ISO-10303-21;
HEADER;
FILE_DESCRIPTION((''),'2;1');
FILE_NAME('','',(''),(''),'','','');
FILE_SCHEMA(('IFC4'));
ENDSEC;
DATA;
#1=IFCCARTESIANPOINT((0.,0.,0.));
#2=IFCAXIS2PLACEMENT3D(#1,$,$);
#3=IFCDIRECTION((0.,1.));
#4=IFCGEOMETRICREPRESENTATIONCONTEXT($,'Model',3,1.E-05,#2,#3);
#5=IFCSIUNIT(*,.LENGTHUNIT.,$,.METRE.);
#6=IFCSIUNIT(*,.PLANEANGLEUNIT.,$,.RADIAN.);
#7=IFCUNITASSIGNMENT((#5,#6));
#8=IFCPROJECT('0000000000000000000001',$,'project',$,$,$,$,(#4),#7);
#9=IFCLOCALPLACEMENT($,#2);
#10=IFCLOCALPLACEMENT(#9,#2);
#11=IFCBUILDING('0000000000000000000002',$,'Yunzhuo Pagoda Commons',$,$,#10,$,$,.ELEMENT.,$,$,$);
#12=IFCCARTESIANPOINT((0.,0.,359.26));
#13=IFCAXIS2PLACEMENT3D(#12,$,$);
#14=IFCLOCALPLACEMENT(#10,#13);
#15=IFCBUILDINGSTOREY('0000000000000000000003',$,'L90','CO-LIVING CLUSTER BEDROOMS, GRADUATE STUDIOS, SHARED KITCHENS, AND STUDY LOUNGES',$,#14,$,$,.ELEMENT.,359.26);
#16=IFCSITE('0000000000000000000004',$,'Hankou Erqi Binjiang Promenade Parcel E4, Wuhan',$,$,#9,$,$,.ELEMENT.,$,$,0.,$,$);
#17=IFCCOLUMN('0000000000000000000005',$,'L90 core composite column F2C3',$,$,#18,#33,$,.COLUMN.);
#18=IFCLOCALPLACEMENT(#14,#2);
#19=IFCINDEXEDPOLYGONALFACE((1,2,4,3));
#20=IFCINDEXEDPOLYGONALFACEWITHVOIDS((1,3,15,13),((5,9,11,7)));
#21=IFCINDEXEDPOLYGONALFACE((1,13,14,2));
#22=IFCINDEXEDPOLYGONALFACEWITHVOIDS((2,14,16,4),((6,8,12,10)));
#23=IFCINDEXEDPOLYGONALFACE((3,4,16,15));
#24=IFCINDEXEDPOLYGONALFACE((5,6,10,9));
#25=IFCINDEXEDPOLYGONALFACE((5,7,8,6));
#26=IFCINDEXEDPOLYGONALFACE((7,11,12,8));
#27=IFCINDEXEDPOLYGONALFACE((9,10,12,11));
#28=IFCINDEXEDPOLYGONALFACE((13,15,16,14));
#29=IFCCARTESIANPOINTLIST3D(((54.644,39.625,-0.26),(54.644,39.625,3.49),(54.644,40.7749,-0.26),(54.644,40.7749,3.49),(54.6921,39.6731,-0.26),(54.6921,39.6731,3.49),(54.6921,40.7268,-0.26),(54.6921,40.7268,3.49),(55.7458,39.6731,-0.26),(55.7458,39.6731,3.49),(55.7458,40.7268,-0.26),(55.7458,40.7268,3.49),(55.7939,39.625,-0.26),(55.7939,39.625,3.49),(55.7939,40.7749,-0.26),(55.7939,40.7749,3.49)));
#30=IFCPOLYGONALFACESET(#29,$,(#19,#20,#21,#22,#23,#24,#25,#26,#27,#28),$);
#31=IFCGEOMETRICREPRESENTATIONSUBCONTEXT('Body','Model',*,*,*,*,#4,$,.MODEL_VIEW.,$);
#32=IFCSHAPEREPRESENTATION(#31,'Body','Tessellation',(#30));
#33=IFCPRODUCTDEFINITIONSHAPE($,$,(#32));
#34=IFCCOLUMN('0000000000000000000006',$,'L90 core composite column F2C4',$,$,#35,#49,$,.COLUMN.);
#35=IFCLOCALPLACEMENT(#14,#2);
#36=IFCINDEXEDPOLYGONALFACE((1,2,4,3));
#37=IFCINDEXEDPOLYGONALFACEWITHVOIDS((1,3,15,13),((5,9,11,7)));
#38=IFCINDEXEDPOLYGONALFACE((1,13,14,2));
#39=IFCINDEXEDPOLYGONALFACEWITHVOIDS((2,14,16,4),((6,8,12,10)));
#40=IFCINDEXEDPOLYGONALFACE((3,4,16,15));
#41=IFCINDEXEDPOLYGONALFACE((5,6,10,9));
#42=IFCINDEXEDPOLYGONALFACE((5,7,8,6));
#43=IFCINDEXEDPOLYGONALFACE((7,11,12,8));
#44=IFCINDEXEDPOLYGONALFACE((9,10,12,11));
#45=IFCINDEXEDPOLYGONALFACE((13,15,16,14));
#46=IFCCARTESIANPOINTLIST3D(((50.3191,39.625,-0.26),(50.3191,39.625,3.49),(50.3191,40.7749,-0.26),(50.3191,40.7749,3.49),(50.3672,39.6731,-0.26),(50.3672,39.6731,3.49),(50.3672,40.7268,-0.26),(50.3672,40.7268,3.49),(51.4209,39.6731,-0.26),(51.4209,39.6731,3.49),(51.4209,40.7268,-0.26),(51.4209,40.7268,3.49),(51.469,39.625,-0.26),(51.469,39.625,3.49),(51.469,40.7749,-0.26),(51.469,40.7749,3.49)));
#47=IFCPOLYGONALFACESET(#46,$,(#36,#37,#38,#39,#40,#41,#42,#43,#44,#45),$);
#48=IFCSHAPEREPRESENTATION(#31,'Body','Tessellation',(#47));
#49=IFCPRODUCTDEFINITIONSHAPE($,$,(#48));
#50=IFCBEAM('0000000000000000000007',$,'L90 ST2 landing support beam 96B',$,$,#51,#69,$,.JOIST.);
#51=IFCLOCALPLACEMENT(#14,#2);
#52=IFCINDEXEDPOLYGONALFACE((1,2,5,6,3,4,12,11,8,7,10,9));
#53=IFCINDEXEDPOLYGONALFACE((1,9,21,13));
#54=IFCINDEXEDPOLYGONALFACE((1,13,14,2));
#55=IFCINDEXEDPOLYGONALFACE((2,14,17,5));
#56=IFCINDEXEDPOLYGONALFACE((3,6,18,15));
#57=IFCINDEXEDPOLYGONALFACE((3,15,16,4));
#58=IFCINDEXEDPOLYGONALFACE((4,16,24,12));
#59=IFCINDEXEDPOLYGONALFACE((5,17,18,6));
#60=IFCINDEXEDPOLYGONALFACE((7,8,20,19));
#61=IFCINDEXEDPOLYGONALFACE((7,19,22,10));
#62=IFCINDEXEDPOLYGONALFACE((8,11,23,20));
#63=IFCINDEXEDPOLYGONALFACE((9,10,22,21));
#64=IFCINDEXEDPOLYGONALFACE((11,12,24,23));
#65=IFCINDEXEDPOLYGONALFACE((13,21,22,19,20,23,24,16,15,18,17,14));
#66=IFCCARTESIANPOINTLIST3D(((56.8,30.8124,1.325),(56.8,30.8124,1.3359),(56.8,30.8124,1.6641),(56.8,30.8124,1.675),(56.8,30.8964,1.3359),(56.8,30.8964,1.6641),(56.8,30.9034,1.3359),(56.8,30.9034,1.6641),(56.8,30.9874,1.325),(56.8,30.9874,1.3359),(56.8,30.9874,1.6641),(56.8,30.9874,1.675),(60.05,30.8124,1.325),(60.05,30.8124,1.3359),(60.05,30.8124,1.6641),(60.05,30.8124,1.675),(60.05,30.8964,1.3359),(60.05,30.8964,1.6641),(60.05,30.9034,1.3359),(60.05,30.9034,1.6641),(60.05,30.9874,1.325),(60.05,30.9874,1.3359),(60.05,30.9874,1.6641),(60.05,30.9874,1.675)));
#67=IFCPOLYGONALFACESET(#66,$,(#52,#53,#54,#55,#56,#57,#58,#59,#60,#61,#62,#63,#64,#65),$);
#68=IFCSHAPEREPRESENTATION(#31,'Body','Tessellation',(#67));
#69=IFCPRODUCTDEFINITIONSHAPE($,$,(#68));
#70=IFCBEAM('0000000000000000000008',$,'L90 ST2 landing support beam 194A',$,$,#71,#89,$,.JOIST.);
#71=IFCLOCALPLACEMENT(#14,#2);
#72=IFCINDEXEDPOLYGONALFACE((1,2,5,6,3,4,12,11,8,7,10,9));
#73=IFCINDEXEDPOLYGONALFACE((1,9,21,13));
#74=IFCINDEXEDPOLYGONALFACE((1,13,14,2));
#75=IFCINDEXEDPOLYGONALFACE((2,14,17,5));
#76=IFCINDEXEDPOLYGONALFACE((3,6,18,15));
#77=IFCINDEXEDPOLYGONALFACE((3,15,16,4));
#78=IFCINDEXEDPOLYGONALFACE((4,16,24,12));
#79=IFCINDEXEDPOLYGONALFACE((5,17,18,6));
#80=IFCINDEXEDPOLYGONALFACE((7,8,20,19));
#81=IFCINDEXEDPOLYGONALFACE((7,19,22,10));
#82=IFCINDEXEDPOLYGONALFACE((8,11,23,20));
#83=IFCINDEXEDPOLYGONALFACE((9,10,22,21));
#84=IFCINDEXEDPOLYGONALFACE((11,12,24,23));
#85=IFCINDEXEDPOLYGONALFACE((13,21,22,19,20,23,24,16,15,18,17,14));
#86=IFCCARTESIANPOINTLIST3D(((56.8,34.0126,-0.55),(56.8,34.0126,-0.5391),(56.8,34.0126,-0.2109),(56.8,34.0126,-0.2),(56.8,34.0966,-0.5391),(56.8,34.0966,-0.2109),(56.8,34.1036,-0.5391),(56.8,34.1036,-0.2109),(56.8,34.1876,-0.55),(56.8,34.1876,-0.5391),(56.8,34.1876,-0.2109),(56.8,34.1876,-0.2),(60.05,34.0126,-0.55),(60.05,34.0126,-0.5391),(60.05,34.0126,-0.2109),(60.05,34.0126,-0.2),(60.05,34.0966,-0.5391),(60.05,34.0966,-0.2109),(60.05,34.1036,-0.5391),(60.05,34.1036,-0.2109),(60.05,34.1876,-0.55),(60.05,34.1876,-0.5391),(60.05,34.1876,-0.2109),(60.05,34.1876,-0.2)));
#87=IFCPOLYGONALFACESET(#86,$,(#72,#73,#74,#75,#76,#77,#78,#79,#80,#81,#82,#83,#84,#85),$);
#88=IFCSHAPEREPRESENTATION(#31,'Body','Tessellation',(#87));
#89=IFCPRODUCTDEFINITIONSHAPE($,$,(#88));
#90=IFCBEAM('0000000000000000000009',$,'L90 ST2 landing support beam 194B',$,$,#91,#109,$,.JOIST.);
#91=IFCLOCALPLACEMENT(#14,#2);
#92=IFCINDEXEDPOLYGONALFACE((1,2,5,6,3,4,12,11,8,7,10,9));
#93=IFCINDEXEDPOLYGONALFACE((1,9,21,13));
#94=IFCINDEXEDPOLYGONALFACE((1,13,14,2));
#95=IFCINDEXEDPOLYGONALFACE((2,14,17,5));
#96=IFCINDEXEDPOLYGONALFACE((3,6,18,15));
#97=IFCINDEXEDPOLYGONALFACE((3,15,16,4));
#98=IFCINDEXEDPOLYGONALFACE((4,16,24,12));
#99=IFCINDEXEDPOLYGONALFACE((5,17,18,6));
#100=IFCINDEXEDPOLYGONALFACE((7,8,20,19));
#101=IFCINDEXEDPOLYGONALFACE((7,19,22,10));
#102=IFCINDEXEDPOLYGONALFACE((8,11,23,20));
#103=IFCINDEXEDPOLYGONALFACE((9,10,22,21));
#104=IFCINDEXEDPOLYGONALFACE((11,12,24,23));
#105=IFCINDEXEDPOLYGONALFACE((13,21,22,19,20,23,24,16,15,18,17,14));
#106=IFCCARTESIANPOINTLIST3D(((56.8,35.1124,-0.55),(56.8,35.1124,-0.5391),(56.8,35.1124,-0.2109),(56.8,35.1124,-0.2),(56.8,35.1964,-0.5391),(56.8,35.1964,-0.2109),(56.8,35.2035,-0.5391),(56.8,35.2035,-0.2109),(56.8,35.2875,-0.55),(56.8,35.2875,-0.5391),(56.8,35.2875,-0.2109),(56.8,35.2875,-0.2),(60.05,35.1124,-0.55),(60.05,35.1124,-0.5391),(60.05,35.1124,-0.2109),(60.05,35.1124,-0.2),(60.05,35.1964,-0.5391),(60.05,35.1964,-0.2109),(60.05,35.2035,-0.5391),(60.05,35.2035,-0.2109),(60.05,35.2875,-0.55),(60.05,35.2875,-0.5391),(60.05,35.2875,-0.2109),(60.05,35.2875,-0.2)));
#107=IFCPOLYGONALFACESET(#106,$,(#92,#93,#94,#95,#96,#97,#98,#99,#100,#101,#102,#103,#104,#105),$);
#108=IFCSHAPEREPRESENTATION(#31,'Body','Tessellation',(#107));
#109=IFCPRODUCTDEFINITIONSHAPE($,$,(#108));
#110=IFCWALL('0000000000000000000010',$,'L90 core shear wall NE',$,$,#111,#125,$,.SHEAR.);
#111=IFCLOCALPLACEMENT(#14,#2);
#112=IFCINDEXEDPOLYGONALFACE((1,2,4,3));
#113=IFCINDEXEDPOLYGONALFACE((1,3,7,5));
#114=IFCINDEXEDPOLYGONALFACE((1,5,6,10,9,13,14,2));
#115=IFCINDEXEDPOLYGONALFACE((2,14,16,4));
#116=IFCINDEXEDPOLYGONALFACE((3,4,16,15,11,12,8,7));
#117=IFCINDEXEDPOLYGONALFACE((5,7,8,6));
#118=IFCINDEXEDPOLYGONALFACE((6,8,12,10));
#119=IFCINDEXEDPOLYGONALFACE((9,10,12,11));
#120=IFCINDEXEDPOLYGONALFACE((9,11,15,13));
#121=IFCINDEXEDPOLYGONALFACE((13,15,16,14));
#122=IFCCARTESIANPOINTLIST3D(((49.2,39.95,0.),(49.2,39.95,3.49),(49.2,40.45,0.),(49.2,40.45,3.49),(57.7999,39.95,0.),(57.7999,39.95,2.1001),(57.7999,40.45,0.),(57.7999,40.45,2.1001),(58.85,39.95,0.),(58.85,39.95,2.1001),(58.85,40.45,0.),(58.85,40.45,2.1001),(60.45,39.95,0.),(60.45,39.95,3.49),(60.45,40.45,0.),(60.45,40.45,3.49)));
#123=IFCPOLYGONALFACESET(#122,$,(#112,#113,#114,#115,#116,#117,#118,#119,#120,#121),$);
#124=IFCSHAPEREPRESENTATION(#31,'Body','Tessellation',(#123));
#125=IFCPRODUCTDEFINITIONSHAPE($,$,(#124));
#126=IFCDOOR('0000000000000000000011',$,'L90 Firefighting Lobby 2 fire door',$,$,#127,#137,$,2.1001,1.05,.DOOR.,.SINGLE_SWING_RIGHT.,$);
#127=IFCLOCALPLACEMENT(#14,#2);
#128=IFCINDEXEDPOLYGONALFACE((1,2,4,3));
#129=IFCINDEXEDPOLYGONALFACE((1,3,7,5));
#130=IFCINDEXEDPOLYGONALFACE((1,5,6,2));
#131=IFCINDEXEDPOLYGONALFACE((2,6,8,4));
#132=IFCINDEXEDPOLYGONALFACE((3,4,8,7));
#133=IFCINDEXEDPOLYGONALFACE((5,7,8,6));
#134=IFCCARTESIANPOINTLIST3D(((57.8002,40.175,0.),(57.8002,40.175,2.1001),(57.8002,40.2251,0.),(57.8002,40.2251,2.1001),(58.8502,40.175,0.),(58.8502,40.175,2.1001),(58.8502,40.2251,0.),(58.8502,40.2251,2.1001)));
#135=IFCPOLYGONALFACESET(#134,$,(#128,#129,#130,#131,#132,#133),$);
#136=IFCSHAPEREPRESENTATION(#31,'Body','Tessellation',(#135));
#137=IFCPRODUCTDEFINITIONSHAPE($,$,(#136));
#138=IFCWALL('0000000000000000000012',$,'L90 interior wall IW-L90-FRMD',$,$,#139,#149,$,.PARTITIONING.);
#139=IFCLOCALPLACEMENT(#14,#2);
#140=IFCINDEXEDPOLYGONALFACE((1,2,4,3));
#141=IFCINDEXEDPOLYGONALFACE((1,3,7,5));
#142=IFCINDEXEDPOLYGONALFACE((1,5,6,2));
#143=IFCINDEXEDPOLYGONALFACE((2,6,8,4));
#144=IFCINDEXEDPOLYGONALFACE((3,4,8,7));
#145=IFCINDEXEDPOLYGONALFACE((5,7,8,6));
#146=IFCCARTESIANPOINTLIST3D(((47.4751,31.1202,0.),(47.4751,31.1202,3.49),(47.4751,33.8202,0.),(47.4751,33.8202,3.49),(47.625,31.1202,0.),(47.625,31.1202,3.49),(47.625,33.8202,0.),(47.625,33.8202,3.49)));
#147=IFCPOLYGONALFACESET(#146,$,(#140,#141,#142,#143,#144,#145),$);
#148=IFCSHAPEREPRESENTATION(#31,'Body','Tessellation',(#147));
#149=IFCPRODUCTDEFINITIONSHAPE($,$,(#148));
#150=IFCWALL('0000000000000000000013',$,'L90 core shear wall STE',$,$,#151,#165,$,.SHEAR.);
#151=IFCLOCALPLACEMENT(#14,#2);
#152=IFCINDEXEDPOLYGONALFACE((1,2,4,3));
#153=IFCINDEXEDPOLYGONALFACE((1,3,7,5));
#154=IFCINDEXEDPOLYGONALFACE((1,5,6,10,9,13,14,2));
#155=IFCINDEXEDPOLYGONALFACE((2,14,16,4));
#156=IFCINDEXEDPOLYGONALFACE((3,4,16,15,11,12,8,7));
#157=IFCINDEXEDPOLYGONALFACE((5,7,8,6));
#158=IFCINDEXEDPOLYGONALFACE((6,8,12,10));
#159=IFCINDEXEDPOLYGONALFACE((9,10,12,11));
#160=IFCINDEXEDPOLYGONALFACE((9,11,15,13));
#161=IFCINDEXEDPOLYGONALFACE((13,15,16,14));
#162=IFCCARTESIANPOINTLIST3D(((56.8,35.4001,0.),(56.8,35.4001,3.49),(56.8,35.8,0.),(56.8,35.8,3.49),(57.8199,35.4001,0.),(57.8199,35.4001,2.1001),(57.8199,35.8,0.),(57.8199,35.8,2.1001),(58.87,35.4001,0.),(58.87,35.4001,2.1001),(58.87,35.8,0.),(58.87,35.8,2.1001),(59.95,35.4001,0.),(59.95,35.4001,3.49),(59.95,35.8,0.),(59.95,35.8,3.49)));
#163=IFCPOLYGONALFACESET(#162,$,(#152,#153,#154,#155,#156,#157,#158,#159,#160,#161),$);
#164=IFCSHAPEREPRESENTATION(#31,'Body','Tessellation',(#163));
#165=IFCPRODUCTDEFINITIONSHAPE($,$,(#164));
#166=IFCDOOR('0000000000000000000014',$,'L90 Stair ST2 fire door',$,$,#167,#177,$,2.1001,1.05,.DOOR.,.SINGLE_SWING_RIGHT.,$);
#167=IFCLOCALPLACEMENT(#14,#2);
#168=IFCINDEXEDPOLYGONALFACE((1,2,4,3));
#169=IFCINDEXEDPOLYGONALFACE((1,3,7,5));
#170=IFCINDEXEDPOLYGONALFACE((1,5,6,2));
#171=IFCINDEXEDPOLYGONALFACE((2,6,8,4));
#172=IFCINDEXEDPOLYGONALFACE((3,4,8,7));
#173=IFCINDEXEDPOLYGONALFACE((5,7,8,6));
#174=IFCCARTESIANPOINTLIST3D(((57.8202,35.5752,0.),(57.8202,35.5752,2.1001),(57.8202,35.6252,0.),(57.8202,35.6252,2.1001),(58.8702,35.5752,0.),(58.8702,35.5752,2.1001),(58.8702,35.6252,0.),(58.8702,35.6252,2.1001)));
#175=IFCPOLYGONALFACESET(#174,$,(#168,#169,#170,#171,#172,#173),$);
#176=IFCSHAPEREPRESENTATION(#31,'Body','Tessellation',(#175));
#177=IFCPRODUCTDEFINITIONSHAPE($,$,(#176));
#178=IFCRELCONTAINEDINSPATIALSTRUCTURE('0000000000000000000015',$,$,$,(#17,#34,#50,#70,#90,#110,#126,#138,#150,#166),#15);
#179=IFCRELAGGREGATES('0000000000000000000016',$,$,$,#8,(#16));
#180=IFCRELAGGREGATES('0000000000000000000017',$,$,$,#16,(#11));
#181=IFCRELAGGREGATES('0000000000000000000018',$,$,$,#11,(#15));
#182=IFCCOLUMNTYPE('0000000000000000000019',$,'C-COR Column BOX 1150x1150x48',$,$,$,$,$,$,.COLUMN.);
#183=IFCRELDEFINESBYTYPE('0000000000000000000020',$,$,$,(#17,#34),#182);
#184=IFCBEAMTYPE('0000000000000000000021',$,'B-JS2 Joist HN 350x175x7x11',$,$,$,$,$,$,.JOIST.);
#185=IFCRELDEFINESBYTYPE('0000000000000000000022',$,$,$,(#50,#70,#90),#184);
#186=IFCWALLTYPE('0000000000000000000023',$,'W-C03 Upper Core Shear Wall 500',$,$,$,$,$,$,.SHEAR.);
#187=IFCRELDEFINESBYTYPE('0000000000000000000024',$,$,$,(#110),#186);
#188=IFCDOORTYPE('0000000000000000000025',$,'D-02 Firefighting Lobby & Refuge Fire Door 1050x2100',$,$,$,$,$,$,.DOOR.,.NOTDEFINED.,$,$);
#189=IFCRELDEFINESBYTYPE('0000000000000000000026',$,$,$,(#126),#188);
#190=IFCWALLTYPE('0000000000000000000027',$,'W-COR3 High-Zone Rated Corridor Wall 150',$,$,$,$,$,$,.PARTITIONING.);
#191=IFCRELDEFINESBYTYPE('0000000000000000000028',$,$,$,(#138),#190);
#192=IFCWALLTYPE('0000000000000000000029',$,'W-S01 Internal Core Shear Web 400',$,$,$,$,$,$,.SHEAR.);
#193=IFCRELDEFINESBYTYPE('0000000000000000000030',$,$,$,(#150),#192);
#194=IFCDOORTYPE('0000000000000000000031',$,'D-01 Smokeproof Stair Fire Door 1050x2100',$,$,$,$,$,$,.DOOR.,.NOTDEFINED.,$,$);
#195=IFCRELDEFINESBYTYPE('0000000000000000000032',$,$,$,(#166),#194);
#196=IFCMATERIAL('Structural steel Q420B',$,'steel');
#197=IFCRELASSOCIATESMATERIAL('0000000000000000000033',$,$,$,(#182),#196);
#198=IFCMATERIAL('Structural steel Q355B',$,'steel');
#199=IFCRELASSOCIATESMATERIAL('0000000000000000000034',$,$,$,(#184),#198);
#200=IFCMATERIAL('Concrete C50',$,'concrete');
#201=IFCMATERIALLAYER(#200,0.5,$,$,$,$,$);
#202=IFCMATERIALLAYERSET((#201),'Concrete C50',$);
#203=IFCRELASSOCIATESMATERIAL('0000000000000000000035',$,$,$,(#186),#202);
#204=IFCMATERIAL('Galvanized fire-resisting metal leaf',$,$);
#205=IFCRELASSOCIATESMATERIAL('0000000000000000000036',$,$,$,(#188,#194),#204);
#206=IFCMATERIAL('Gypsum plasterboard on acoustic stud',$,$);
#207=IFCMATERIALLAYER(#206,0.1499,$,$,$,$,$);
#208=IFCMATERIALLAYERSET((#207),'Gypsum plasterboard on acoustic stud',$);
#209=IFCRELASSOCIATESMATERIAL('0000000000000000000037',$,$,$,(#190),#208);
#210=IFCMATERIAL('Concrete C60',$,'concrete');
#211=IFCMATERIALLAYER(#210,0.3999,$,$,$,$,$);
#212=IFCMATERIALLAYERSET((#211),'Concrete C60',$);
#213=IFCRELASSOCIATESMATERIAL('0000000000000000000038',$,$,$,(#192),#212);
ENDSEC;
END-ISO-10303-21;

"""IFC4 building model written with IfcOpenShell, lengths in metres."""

from ifc_helpers import new_model, si_unit, direction, frame, frame_2d, origin, origin_2d, place, context, subcontext, project, spatial, rectangle, hollow_rectangle, i_section, extrude, source, transform, mapped, material, layer, layer_set, material_profile, profile_set, type_object, element, fill, save


model = new_model("IFC4")

# Units and contexts
model_context = context("Model", 3, precision=1e-05, world=origin(), true_north=direction((0.0, 1.0)))
body_context = subcontext(model_context, "Body", "Model", "MODEL_VIEW")
ifc_project = project(units=[si_unit("LENGTHUNIT", "METRE"), si_unit("PLANEANGLEUNIT", "RADIAN")], contexts=[model_context])

# Site, building, storey
site_placement = place(None, origin())
site = spatial("IfcSite", under=ifc_project, at=site_placement, Name="Hankou Erqi Binjiang Promenade Parcel E4, Wuhan", CompositionType="ELEMENT", RefElevation=0.0)
building_placement = place(site_placement, origin())
building = spatial("IfcBuilding", under=site, at=building_placement, Name="Yunzhuo Pagoda Commons", CompositionType="ELEMENT")
storey_placement = place(building_placement, frame((0.0, 0.0, 359.26)))
storey = spatial("IfcBuildingStorey", under=building, at=storey_placement, Name="L90", Description="CO-LIVING CLUSTER BEDROOMS, GRADUATE STUDIOS, SHARED KITCHENS, AND STUDY LOUNGES", CompositionType="ELEMENT", Elevation=359.26)

# Columns
ifc_material_1 = material(Name="Structural steel Q420B", Category="steel")
ifc_material_profile_1 = material_profile(ifc_material_1, hollow_rectangle(XDim=1.1499, YDim=1.1499, WallThickness=0.0481, at=origin_2d()), Name="Structural steel Q420B")
ifc_profile_set_1 = profile_set([ifc_material_profile_1], Name="Structural steel Q420B")
column_type = type_object("IfcColumnType", Name="C-COR Column BOX 1150x1150x48", PredefinedType="COLUMN", material=ifc_profile_set_1)
shared_shape_1 = source(origin(), body_context, "Body", "SweptSolid", [
    extrude(hollow_rectangle(XDim=1.1499, YDim=1.1499, WallThickness=0.0481, at=origin_2d()), origin(), (0.0, 0.0, 1.0), 3.75),
])
for number, where, z_axis, x_axis, name in (
    (1, (55.219, 40.2, -0.26), (0.0, 0.0, 1.0), (1.0, 0.0, 0.0), "L90 core composite column F2C3"),
    (2, (50.894, 40.2, -0.26), (0.0, 0.0, 1.0), (1.0, 0.0, 0.0), "L90 core composite column F2C4"),
):
    element("IfcColumn", number, at=place(storey_placement, frame(where, z_axis=z_axis, x_axis=x_axis)), inside=storey, type_object=column_type, Name=name, PredefinedType="COLUMN", context=body_context, shape_type="MappedRepresentation", body=[
        mapped(shared_shape_1, transform((0.0, 0.0, 0.0), scale=1.0)),
    ])

# Beams
ifc_material_2 = material(Name="Structural steel Q355B", Category="steel")
ifc_material_profile_2 = material_profile(ifc_material_2, i_section(OverallWidth=0.175, OverallDepth=0.3501, WebThickness=0.0071, FlangeThickness=0.011, at=origin_2d()), Name="Structural steel Q355B")
ifc_profile_set_2 = profile_set([ifc_material_profile_2], Name="Structural steel Q355B")
beam_type = type_object("IfcBeamType", Name="B-JS2 Joist HN 350x175x7x11", PredefinedType="JOIST", material=ifc_profile_set_2)
shared_shape_2 = source(origin(), body_context, "Body", "SweptSolid", [
    extrude(i_section(OverallWidth=0.175, OverallDepth=0.3501, WebThickness=0.0071, FlangeThickness=0.011, at=origin_2d()), origin(), (0.0, 0.0, 1.0), 3.25),
])
for number, where, z_axis, x_axis, name in (
    (3, (56.8, 30.8999, 1.5), (1.0, 0.0, 0.0), (0.0, 1.0, 0.0), "L90 ST2 landing support beam 96B"),
    (4, (56.8, 34.1001, -0.375), (1.0, 0.0, 0.0), (0.0, 1.0, 0.0), "L90 ST2 landing support beam 194A"),
    (5, (56.8, 35.2, -0.375), (1.0, 0.0, 0.0), (0.0, 1.0, 0.0), "L90 ST2 landing support beam 194B"),
):
    element("IfcBeam", number, at=place(storey_placement, frame(where, z_axis=z_axis, x_axis=x_axis)), inside=storey, type_object=beam_type, Name=name, PredefinedType="JOIST", context=body_context, shape_type="MappedRepresentation", body=[
        mapped(shared_shape_2, transform((0.0, 0.0, 0.0), scale=1.0)),
    ])

# Wall, opening, door
ifc_material_3 = material(Name="Concrete C50", Category="concrete")
ifc_layer_1 = layer(ifc_material_3, 0.5)
ifc_layer_set_1 = layer_set([ifc_layer_1], Name="Concrete C50")
wall_type_1 = type_object("IfcWallType", Name="W-C03 Upper Core Shear Wall 500", PredefinedType="SHEAR", material=ifc_layer_set_1)
wall_1_placement = place(storey_placement, frame((49.2, 40.2, 0.0), z_axis=(0.0, 0.0, 1.0), x_axis=(1.0, 0.0, 0.0)))
wall_1 = element("IfcWall", 6, at=wall_1_placement, inside=storey, type_object=wall_type_1, Name="L90 core shear wall NE", PredefinedType="SHEAR", context=body_context, shape_type="SweptSolid", body=[
    extrude(rectangle(XDim=11.25, YDim=0.5, at=frame_2d((5.625, 0.0))), origin(), (0.0, 0.0, 1.0), 3.49),
])
opening_1_placement = place(wall_1_placement, frame((8.6001, 0.0, 0.0)))
opening_1 = element("IfcOpeningElement", 7, at=opening_1_placement, cuts=wall_1, PredefinedType="OPENING", context=body_context, shape_type="SweptSolid", body=[
    extrude(rectangle(XDim=1.05, YDim=2.1001, at=frame_2d((0.5249, 1.05))), frame((0.0, 0.26, 0.0), z_axis=(0.0, -1.0, 0.0), x_axis=(1.0, 0.0, 0.0)), (0.0, 0.0, 1.0), 0.52),
])
ifc_material_4 = material(Name="Galvanized fire-resisting metal leaf")
door_type_1 = type_object("IfcDoorType", Name="D-02 Firefighting Lobby & Refuge Fire Door 1050x2100", OperationType="NOTDEFINED", PredefinedType="DOOR", material=ifc_material_4)
shared_shape_3 = source(origin(), body_context, "Body", "SweptSolid", [
    extrude(rectangle(XDim=1.05, YDim=2.1001, at=frame_2d((0.5249, 1.05))), frame((0.0, 0.0249, 0.0), z_axis=(0.0, -1.0, 0.0), x_axis=(1.0, 0.0, 0.0)), (0.0, 0.0, 1.0), 0.05),
])
door_1_placement = place(opening_1_placement, frame((1.05, 0.0, 0.0), z_axis=(0.0, 0.0, 1.0), x_axis=(-1.0, 0.0, 0.0)))
door_1 = element("IfcDoor", 8, at=door_1_placement, inside=storey, type_object=door_type_1, Name="L90 Firefighting Lobby 2 fire door", OperationType="SINGLE_SWING_RIGHT", OverallHeight=2.1001, OverallWidth=1.05, PredefinedType="DOOR", context=body_context, shape_type="MappedRepresentation", body=[
    mapped(shared_shape_3, transform((0.0, 0.0, 0.0), scale=1.0)),
])
fill(opening_1, door_1)

# Wall
ifc_material_5 = material(Name="Gypsum plasterboard on acoustic stud")
ifc_layer_2 = layer(ifc_material_5, 0.1499)
ifc_layer_set_2 = layer_set([ifc_layer_2], Name="Gypsum plasterboard on acoustic stud")
wall_type_2 = type_object("IfcWallType", Name="W-COR3 High-Zone Rated Corridor Wall 150", PredefinedType="PARTITIONING", material=ifc_layer_set_2)
wall_2_placement = place(storey_placement, frame((47.55, 31.1201, 0.0), z_axis=(0.0, 0.0, 1.0), x_axis=(0.0, 1.0, 0.0)))
element("IfcWall", 9, at=wall_2_placement, inside=storey, type_object=wall_type_2, Name="L90 interior wall IW-L90-FRMD", PredefinedType="PARTITIONING", context=body_context, shape_type="SweptSolid", body=[
    extrude(rectangle(XDim=2.7, YDim=0.1499, at=frame_2d((1.3501, 0.0))), origin(), (0.0, 0.0, 1.0), 3.49),
])

# Wall, opening, door
ifc_material_6 = material(Name="Concrete C60", Category="concrete")
ifc_layer_3 = layer(ifc_material_6, 0.3999)
ifc_layer_set_3 = layer_set([ifc_layer_3], Name="Concrete C60")
wall_type_3 = type_object("IfcWallType", Name="W-S01 Internal Core Shear Web 400", PredefinedType="SHEAR", material=ifc_layer_set_3)
wall_3_placement = place(storey_placement, frame((56.8, 35.6001, 0.0), z_axis=(0.0, 0.0, 1.0), x_axis=(1.0, 0.0, 0.0)))
wall_3 = element("IfcWall", 10, at=wall_3_placement, inside=storey, type_object=wall_type_3, Name="L90 core shear wall STE", PredefinedType="SHEAR", context=body_context, shape_type="SweptSolid", body=[
    extrude(rectangle(XDim=3.1499, YDim=0.3999, at=frame_2d((1.575, 0.0))), origin(), (0.0, 0.0, 1.0), 3.49),
])
opening_2_placement = place(wall_3_placement, frame((1.02, 0.0, 0.0)))
opening_2 = element("IfcOpeningElement", 11, at=opening_2_placement, cuts=wall_3, PredefinedType="OPENING", context=body_context, shape_type="SweptSolid", body=[
    extrude(rectangle(XDim=1.05, YDim=2.1001, at=frame_2d((0.5249, 1.05))), frame((0.0, 0.21, 0.0), z_axis=(0.0, -1.0, 0.0), x_axis=(1.0, 0.0, 0.0)), (0.0, 0.0, 1.0), 0.4199),
])
door_type_2 = type_object("IfcDoorType", Name="D-01 Smokeproof Stair Fire Door 1050x2100", OperationType="NOTDEFINED", PredefinedType="DOOR", material=ifc_material_4)
door_2_placement = place(opening_2_placement, frame((1.05, 0.0, 0.0), z_axis=(0.0, 0.0, 1.0), x_axis=(-1.0, 0.0, 0.0)))
door_2 = element("IfcDoor", 12, at=door_2_placement, inside=storey, type_object=door_type_2, Name="L90 Stair ST2 fire door", OperationType="SINGLE_SWING_RIGHT", OverallHeight=2.1001, OverallWidth=1.05, PredefinedType="DOOR", context=body_context, shape_type="MappedRepresentation", body=[
    mapped(shared_shape_3, transform((0.0, 0.0, 0.0), scale=1.0)),
])
fill(opening_2, door_2)

save(model, "model.ifc")
